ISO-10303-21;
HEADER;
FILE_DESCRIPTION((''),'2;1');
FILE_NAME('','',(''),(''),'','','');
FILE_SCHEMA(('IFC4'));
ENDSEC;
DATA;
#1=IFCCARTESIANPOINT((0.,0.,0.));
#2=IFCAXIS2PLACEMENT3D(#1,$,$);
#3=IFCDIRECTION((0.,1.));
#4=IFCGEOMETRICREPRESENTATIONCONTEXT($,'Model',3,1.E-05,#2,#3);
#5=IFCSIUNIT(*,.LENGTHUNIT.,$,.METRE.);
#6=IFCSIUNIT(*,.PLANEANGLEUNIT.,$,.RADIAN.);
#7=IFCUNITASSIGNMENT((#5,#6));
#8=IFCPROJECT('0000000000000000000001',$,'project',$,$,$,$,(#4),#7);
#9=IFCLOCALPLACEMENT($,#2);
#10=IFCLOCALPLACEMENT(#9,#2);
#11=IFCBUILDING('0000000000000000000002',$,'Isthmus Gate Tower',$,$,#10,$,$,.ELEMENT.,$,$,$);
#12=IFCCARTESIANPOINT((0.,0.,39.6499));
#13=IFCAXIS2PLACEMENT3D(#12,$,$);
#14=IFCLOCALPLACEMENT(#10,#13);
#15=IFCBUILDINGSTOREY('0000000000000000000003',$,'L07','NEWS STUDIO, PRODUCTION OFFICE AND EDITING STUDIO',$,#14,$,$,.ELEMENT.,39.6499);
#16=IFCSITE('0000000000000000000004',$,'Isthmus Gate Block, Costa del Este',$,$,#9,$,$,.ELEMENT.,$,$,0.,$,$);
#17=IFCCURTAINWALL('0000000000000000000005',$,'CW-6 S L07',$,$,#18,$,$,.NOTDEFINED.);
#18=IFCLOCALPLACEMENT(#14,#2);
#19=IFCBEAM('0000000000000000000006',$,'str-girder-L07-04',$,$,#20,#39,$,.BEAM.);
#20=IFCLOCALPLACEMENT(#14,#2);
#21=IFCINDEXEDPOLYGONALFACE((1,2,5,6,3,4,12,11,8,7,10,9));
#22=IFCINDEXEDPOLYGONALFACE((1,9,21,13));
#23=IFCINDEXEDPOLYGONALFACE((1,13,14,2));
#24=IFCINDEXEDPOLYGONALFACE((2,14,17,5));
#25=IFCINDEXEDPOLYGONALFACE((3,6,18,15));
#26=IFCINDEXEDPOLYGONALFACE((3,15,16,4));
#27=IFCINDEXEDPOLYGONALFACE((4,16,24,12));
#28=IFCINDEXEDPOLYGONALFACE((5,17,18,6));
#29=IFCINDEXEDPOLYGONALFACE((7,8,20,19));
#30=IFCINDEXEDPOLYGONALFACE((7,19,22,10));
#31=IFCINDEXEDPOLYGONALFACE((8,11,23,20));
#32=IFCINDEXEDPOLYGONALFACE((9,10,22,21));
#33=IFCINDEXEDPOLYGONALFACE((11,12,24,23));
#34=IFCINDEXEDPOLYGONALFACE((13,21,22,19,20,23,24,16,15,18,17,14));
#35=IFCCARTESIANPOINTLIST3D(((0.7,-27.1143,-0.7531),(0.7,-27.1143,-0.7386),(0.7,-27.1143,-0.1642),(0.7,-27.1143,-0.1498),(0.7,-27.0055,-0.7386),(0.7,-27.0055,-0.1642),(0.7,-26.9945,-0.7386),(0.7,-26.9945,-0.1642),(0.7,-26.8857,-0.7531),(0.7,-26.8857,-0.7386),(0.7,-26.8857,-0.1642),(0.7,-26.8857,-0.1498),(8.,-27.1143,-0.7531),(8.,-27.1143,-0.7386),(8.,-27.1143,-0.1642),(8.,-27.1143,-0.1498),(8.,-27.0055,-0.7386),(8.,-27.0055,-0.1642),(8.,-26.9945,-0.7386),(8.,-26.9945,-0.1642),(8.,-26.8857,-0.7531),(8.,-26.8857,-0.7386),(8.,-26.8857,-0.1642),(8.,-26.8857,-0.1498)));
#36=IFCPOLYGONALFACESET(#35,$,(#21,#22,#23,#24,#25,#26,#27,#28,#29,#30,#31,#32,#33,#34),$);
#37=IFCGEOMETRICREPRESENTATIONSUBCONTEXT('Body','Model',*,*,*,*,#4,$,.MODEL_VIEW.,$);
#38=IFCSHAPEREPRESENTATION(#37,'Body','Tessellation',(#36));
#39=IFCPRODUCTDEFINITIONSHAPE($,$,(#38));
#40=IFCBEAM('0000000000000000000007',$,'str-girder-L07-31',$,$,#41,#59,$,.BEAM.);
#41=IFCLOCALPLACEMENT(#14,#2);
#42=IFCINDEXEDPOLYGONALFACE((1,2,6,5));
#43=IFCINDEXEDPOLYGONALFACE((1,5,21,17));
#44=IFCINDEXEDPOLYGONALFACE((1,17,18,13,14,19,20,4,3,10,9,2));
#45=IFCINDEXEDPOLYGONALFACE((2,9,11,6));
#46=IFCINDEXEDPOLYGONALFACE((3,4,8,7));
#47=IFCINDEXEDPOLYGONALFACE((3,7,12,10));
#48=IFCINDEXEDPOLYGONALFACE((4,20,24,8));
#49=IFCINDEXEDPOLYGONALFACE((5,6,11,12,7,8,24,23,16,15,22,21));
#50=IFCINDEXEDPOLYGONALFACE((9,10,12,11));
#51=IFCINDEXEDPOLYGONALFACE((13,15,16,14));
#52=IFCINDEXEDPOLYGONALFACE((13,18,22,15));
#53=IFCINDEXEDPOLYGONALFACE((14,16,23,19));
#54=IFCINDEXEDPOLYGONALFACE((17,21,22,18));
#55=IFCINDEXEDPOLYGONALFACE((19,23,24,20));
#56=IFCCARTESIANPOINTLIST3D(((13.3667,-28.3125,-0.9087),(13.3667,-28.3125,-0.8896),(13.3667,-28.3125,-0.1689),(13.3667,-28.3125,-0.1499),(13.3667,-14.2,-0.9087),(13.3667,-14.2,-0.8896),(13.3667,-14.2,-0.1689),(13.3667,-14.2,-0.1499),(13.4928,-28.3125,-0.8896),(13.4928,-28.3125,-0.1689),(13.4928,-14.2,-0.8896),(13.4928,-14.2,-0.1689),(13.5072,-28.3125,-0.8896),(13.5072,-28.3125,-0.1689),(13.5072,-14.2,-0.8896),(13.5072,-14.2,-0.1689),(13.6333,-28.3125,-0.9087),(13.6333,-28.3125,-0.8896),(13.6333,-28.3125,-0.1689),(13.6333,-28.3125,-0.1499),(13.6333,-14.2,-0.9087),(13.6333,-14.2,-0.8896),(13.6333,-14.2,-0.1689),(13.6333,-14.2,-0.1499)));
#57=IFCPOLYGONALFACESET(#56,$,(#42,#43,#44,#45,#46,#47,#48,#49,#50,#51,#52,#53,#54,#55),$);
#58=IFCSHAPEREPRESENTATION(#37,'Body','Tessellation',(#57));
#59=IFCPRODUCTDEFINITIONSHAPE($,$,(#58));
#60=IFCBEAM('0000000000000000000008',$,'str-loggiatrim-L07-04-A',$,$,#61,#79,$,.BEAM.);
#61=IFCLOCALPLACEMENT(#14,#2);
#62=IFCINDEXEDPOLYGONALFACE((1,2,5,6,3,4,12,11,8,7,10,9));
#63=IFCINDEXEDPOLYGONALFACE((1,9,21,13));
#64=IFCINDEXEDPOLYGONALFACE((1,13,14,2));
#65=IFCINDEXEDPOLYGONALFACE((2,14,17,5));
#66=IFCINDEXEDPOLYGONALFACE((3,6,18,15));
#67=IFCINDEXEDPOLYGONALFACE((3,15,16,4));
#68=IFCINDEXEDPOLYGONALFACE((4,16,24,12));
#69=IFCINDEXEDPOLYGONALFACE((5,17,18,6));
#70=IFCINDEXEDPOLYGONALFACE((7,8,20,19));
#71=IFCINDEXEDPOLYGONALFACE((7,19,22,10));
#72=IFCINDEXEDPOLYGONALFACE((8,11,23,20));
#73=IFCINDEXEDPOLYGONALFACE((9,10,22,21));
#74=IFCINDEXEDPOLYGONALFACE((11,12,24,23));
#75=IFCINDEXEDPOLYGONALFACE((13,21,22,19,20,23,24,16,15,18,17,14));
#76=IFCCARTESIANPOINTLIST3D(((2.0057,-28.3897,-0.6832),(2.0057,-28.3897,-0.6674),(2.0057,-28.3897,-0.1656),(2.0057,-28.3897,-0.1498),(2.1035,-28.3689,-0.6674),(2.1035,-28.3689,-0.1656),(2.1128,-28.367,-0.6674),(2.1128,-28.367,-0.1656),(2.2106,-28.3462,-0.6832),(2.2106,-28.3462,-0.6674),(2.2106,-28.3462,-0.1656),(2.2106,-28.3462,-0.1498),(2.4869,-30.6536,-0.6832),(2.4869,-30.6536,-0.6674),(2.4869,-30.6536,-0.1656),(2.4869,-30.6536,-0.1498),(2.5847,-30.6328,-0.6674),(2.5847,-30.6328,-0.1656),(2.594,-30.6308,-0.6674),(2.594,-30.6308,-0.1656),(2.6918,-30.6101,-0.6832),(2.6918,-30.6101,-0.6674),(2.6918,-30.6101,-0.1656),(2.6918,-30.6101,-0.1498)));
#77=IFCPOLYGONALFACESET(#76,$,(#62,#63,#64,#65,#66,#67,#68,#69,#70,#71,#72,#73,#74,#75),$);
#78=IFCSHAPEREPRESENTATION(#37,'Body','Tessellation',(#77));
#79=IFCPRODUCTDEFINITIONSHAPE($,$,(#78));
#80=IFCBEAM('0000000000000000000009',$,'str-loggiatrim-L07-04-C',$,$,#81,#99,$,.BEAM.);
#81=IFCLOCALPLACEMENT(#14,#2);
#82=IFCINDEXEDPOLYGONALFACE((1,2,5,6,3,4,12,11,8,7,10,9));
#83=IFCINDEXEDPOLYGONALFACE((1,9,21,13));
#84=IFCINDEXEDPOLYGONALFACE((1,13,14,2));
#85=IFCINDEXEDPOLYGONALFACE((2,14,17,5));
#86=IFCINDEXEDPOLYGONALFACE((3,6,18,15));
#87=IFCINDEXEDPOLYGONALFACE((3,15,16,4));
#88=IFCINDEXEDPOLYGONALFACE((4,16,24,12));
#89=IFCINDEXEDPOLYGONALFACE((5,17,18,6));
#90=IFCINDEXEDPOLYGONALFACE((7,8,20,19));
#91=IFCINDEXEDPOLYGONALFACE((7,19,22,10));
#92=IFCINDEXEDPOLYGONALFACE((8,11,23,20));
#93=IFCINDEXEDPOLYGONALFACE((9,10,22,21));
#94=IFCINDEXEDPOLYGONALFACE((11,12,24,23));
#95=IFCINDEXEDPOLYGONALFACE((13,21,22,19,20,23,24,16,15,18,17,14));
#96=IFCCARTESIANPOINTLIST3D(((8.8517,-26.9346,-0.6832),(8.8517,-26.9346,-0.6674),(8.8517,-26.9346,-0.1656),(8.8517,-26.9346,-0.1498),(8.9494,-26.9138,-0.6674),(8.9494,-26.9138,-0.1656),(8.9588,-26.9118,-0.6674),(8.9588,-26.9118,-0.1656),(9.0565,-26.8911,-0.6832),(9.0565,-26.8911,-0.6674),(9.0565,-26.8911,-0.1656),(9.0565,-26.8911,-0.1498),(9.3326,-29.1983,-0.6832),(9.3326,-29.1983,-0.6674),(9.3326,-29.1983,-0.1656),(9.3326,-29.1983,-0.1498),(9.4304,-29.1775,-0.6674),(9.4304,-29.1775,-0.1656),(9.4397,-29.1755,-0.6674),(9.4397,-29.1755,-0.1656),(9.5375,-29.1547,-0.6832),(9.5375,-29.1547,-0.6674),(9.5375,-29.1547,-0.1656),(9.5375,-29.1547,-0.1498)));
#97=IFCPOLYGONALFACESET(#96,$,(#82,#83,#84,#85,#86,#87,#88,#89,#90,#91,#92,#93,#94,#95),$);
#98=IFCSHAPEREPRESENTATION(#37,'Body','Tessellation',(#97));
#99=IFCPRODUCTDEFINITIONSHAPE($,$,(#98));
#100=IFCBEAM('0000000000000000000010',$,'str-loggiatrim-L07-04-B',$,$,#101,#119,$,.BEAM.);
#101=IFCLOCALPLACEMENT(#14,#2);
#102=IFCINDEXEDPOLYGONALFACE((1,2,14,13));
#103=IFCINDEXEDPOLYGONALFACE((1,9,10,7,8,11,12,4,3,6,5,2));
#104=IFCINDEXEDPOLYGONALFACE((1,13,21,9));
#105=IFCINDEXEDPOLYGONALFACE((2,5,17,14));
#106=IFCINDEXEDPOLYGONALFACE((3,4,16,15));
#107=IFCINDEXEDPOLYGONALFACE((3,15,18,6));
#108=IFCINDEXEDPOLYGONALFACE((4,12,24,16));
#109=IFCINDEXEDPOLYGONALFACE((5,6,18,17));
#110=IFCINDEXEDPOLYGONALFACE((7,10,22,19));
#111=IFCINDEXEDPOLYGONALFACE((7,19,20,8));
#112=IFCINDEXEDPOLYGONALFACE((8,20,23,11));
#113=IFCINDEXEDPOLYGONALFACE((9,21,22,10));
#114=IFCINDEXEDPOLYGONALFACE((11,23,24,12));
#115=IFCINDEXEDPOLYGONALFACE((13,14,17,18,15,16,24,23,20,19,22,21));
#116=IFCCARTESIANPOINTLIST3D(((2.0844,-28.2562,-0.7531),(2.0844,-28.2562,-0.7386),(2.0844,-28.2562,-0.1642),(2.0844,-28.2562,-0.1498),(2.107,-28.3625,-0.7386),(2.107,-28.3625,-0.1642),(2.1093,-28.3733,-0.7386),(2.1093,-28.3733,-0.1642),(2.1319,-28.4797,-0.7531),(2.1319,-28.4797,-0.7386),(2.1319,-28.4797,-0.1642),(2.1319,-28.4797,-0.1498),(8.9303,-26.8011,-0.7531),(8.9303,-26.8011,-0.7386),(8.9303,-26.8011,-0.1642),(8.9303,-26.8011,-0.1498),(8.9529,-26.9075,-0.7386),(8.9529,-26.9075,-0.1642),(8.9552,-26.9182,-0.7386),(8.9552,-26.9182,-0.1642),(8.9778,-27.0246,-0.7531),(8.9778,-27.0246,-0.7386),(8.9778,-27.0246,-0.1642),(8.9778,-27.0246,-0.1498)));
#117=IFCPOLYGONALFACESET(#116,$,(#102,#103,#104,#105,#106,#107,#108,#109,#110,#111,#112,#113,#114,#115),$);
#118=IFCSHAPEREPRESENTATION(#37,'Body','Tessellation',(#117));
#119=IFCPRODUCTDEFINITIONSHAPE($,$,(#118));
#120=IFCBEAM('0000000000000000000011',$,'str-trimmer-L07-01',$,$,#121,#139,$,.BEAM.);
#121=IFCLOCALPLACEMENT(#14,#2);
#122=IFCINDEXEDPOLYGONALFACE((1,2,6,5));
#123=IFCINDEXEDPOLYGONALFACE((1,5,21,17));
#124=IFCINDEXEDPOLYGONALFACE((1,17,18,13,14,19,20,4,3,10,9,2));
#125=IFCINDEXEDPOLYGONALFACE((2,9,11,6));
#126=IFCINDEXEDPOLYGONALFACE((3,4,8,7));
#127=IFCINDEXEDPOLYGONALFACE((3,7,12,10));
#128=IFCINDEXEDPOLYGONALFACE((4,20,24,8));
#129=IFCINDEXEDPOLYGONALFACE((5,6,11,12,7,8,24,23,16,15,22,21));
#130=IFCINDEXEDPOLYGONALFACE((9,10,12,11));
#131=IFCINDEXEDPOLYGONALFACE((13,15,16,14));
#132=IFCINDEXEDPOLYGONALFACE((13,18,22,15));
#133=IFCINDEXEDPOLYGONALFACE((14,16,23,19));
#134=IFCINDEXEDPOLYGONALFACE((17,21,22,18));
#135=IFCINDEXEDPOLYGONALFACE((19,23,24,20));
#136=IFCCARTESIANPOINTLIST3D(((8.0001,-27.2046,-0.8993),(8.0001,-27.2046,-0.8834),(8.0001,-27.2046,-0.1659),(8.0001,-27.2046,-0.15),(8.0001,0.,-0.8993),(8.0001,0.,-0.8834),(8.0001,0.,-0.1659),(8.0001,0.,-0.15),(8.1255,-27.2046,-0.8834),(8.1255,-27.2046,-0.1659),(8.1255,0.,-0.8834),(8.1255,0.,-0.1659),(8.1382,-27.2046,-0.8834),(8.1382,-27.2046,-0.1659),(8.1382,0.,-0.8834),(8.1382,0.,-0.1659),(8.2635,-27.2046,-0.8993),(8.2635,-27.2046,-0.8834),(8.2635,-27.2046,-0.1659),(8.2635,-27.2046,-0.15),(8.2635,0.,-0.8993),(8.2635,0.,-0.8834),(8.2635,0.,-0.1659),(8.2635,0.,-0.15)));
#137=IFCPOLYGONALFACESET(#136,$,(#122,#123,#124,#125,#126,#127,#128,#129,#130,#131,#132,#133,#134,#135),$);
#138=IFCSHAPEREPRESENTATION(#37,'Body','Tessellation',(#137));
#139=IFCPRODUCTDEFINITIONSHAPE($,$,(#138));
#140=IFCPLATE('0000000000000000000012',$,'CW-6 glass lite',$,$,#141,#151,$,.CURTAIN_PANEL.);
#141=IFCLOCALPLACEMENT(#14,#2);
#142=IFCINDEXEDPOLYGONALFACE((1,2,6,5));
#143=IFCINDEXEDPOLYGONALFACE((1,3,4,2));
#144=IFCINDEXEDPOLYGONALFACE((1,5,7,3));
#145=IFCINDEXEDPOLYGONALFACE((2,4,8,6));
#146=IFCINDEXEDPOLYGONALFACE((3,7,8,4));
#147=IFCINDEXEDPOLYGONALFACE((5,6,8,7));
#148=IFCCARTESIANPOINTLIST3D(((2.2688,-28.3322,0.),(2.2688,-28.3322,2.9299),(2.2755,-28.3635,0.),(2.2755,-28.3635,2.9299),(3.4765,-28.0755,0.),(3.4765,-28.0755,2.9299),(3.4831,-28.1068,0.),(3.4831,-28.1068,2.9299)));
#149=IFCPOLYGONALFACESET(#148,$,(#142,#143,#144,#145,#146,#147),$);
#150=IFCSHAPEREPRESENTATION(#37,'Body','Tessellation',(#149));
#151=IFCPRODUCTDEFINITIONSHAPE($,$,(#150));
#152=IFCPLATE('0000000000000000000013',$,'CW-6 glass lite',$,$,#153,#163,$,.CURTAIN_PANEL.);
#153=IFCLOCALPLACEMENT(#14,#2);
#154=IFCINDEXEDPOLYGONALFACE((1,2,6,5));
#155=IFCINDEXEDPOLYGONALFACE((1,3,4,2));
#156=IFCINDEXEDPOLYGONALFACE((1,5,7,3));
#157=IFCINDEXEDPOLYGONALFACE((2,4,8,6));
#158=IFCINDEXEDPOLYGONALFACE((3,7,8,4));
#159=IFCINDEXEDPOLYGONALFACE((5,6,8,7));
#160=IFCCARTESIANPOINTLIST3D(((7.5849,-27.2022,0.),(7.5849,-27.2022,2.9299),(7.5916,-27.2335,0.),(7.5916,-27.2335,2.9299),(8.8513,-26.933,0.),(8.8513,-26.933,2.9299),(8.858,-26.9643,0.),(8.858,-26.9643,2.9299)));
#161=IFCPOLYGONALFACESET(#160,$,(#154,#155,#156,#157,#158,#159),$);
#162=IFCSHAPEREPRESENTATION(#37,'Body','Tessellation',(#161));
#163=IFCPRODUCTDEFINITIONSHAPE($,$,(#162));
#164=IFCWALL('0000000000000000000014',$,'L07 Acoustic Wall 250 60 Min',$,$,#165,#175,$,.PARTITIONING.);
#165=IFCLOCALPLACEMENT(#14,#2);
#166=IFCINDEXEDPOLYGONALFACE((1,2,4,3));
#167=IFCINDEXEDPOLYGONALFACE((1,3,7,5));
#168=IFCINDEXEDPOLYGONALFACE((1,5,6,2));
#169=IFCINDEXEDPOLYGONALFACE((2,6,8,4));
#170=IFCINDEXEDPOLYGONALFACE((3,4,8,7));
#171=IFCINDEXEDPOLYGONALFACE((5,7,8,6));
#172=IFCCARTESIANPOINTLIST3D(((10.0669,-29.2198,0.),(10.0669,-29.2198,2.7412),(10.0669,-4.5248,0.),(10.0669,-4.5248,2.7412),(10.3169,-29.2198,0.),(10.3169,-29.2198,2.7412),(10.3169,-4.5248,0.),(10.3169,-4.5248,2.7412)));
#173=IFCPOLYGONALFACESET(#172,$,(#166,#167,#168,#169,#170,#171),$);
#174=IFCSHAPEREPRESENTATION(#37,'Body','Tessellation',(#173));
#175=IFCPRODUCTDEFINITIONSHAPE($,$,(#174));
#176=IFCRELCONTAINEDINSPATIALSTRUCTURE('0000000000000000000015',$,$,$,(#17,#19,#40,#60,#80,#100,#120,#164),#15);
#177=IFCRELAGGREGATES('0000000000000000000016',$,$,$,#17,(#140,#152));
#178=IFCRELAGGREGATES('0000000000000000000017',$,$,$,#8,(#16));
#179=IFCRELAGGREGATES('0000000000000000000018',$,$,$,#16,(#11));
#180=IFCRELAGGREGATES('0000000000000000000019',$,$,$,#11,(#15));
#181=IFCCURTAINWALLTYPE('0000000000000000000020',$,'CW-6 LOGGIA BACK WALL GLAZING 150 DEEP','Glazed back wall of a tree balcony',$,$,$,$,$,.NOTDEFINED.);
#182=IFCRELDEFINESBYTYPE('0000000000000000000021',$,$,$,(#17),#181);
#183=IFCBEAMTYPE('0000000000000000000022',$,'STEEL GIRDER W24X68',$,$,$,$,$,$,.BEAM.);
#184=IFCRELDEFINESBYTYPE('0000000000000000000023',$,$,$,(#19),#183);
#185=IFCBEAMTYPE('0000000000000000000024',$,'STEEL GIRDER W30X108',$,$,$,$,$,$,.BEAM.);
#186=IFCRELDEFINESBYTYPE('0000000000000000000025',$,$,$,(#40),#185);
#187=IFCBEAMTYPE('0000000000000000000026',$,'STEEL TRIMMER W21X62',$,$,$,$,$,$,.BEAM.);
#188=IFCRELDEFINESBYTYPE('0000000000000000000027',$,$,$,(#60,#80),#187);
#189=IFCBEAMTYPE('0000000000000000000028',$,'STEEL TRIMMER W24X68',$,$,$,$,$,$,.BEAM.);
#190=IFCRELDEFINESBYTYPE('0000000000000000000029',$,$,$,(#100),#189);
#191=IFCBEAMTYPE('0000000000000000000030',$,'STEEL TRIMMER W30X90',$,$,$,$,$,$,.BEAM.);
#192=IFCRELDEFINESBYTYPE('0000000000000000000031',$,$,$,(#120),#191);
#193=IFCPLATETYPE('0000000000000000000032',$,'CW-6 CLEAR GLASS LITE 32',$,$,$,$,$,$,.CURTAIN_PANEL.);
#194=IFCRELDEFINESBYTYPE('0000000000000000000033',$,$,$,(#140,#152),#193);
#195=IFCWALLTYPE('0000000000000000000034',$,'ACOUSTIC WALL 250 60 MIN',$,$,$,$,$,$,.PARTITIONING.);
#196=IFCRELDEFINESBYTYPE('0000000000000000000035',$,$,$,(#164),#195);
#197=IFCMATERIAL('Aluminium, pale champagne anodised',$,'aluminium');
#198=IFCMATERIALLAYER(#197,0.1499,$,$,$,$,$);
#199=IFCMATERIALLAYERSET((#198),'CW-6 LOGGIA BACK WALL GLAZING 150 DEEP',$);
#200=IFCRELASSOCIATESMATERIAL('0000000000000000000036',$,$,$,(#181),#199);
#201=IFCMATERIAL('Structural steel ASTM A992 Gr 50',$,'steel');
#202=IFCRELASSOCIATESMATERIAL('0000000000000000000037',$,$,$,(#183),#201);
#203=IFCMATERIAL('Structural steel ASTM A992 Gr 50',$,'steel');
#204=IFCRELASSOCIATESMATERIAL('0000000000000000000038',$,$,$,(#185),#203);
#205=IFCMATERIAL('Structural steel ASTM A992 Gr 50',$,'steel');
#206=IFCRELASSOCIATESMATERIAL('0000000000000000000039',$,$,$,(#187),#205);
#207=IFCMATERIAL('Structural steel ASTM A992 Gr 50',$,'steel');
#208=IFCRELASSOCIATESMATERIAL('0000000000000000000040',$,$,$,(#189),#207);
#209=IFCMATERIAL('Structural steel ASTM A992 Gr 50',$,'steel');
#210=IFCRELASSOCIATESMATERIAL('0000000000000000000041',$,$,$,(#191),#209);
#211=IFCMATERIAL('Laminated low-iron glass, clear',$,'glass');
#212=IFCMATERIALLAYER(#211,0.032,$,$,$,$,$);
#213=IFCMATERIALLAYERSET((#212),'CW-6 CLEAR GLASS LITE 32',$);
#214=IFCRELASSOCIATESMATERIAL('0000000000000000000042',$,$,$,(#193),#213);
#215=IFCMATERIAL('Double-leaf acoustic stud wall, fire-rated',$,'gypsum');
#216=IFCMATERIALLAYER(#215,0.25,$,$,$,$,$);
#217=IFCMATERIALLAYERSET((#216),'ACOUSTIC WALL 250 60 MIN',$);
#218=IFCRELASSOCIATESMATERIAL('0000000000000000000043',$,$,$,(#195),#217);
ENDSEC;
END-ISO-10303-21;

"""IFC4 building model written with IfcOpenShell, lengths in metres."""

from ifc_helpers import new_model, si_unit, direction, frame, frame_2d, origin, origin_2d, place, context, subcontext, project, spatial, rectangle, i_section, extrude, material, layer, layer_set, material_profile, profile_set, type_object, element, aggregate, save


model = new_model("IFC4")

# Units and contexts
model_context = context("Model", 3, precision=1e-05, world=origin(), true_north=direction((0.0, 1.0)))
body_context = subcontext(model_context, "Body", "Model", "MODEL_VIEW")
ifc_project = project(units=[si_unit("LENGTHUNIT", "METRE"), si_unit("PLANEANGLEUNIT", "RADIAN")], contexts=[model_context])

# Site, building, storey
site_placement = place(None, origin())
site = spatial("IfcSite", under=ifc_project, at=site_placement, Name="Isthmus Gate Block, Costa del Este", CompositionType="ELEMENT", RefElevation=0.0)
building_placement = place(site_placement, origin())
building = spatial("IfcBuilding", under=site, at=building_placement, Name="Isthmus Gate Tower", CompositionType="ELEMENT")
storey_placement = place(building_placement, frame((0.0, 0.0, 39.6499)))
storey = spatial("IfcBuildingStorey", under=building, at=storey_placement, Name="L07", Description="NEWS STUDIO, PRODUCTION OFFICE AND EDITING STUDIO", CompositionType="ELEMENT", Elevation=39.6499)

# Curtain wall
ifc_material_1 = material(Name="Aluminium, pale champagne anodised", Category="aluminium")
ifc_layer_1 = layer(ifc_material_1, 0.1499)
ifc_layer_set_1 = layer_set([ifc_layer_1], Name="CW-6 LOGGIA BACK WALL GLAZING 150 DEEP")
curtain_wall_type_1 = type_object("IfcCurtainWallType", Name="CW-6 LOGGIA BACK WALL GLAZING 150 DEEP", Description="Glazed back wall of a tree balcony", PredefinedType="NOTDEFINED", material=ifc_layer_set_1)
curtain_wall_1_placement = place(storey_placement, origin())
curtain_wall_1 = element("IfcCurtainWall", 1, at=curtain_wall_1_placement, inside=storey, type_object=curtain_wall_type_1, Name="CW-6 S L07", PredefinedType="NOTDEFINED")

# Beams
ifc_material_2 = material(Name="Structural steel ASTM A992 Gr 50", Category="steel")
ifc_material_profile_1 = material_profile(ifc_material_2, i_section(OverallWidth=0.2285, OverallDepth=0.6033, WebThickness=0.011, FlangeThickness=0.0144, at=origin_2d()), Name="W24X68")
ifc_profile_set_1 = profile_set([ifc_material_profile_1], Name="Structural steel ASTM A992 Gr 50")
beam_type_1 = type_object("IfcBeamType", Name="STEEL GIRDER W24X68", PredefinedType="BEAM", material=ifc_profile_set_1)
beam_1_placement = place(storey_placement, frame((0.7, -27.0, -0.4514), z_axis=(1.0, 0.0, 0.0), x_axis=(0.0, 1.0, 0.0)))
element("IfcBeam", 2, at=beam_1_placement, inside=storey, type_object=beam_type_1, Name="str-girder-L07-04", PredefinedType="BEAM", context=body_context, shape_type="SweptSolid", body=[
    extrude(i_section(OverallWidth=0.2285, OverallDepth=0.6033, WebThickness=0.011, FlangeThickness=0.0144, at=origin_2d()), origin(), (0.0, 0.0, 1.0), 7.3),
])
ifc_material_3 = material(Name="Structural steel ASTM A992 Gr 50", Category="steel")
ifc_material_profile_2 = material_profile(ifc_material_3, i_section(OverallWidth=0.2666, OverallDepth=0.7588, WebThickness=0.0144, FlangeThickness=0.019, at=origin_2d()), Name="W30X108")
ifc_profile_set_2 = profile_set([ifc_material_profile_2], Name="Structural steel ASTM A992 Gr 50")
beam_type_2 = type_object("IfcBeamType", Name="STEEL GIRDER W30X108", PredefinedType="BEAM", material=ifc_profile_set_2)
beam_2_placement = place(storey_placement, frame((13.5, -28.3125, -0.5293), z_axis=(0.0, 1.0, 0.0), x_axis=(-1.0, 0.0, 0.0)))
element("IfcBeam", 3, at=beam_2_placement, inside=storey, type_object=beam_type_2, Name="str-girder-L07-31", PredefinedType="BEAM", context=body_context, shape_type="SweptSolid", body=[
    extrude(i_section(OverallWidth=0.2666, OverallDepth=0.7588, WebThickness=0.0144, FlangeThickness=0.019, at=origin_2d()), origin(), (0.0, 0.0, 1.0), 14.1125),
])
ifc_material_4 = material(Name="Structural steel ASTM A992 Gr 50", Category="steel")
ifc_material_profile_3 = material_profile(ifc_material_4, i_section(OverallWidth=0.2095, OverallDepth=0.5334, WebThickness=0.0095, FlangeThickness=0.0159, at=origin_2d()), Name="W21X62")
ifc_profile_set_3 = profile_set([ifc_material_profile_3], Name="Structural steel ASTM A992 Gr 50")
beam_type_3 = type_object("IfcBeamType", Name="STEEL TRIMMER W21X62", PredefinedType="BEAM", material=ifc_profile_set_3)
beam_3_placement = place(storey_placement, frame((2.5894, -30.6318, -0.4165), z_axis=(-0.207908, 0.978148, 0.0), x_axis=(-0.978148, -0.207908, 0.0)))
element("IfcBeam", 4, at=beam_3_placement, inside=storey, type_object=beam_type_3, Name="str-loggiatrim-L07-04-A", PredefinedType="BEAM", context=body_context, shape_type="SweptSolid", body=[
    extrude(i_section(OverallWidth=0.2095, OverallDepth=0.5334, WebThickness=0.0095, FlangeThickness=0.0159, at=origin_2d()), origin(), (0.0, 0.0, 1.0), 2.3145),
])
beam_4_placement = place(storey_placement, frame((9.4351, -29.1765, -0.4165), z_axis=(-0.207828, 0.978165, 0.0), x_axis=(-0.978165, -0.207828, 0.0)))
element("IfcBeam", 5, at=beam_4_placement, inside=storey, type_object=beam_type_3, Name="str-loggiatrim-L07-04-C", PredefinedType="BEAM", context=body_context, shape_type="SweptSolid", body=[
    extrude(i_section(OverallWidth=0.2095, OverallDepth=0.5334, WebThickness=0.0095, FlangeThickness=0.0159, at=origin_2d()), origin(), (0.0, 0.0, 1.0), 2.3142),
])
ifc_material_5 = material(Name="Structural steel ASTM A992 Gr 50", Category="steel")
ifc_material_profile_4 = material_profile(ifc_material_5, i_section(OverallWidth=0.2285, OverallDepth=0.6033, WebThickness=0.011, FlangeThickness=0.0144, at=origin_2d()), Name="W24X68")
ifc_profile_set_4 = profile_set([ifc_material_profile_4], Name="Structural steel ASTM A992 Gr 50")
beam_type_4 = type_object("IfcBeamType", Name="STEEL TRIMMER W24X68", PredefinedType="BEAM", material=ifc_profile_set_4)
beam_5_placement = place(storey_placement, frame((2.1082, -28.3679, -0.4514), z_axis=(0.97815, 0.207902, 0.0), x_axis=(-0.207902, 0.97815, 0.0)))
element("IfcBeam", 6, at=beam_5_placement, inside=storey, type_object=beam_type_4, Name="str-loggiatrim-L07-04-B", PredefinedType="BEAM", context=body_context, shape_type="SweptSolid", body=[
    extrude(i_section(OverallWidth=0.2285, OverallDepth=0.6033, WebThickness=0.011, FlangeThickness=0.0144, at=origin_2d()), origin(), (0.0, 0.0, 1.0), 6.9988),
])
ifc_material_6 = material(Name="Structural steel ASTM A992 Gr 50", Category="steel")
ifc_material_profile_5 = material_profile(ifc_material_6, i_section(OverallWidth=0.2634, OverallDepth=0.7493, WebThickness=0.0127, FlangeThickness=0.0159, at=origin_2d()), Name="W30X90")
ifc_profile_set_5 = profile_set([ifc_material_profile_5], Name="Structural steel ASTM A992 Gr 50")
beam_type_5 = type_object("IfcBeamType", Name="STEEL TRIMMER W30X90", PredefinedType="BEAM", material=ifc_profile_set_5)
beam_6_placement = place(storey_placement, frame((8.1318, -27.2046, -0.5247), z_axis=(0.0, 1.0, 0.0), x_axis=(-1.0, 0.0, 0.0)))
element("IfcBeam", 7, at=beam_6_placement, inside=storey, type_object=beam_type_5, Name="str-trimmer-L07-01", PredefinedType="BEAM", context=body_context, shape_type="SweptSolid", body=[
    extrude(i_section(OverallWidth=0.2634, OverallDepth=0.7493, WebThickness=0.0127, FlangeThickness=0.0159, at=origin_2d()), origin(), (0.0, 0.0, 1.0), 27.2046),
])

# Plates
ifc_material_7 = material(Name="Laminated low-iron glass, clear", Category="glass")
ifc_layer_2 = layer(ifc_material_7, 0.032)
ifc_layer_set_2 = layer_set([ifc_layer_2], Name="CW-6 CLEAR GLASS LITE 32")
plate_type = type_object("IfcPlateType", Name="CW-6 CLEAR GLASS LITE 32", PredefinedType="CURTAIN_PANEL", material=ifc_layer_set_2)
plate_1_placement = place(storey_placement, frame((2.876, -28.2195, 0.0), z_axis=(0.0, 0.0, 1.0), x_axis=(0.978148, 0.207912, 0.0)))
plate_1 = element("IfcPlate", 8, at=plate_1_placement, type_object=plate_type, Name="CW-6 glass lite", PredefinedType="CURTAIN_PANEL", context=body_context, shape_type="SweptSolid", body=[
    extrude(rectangle(XDim=1.2346, YDim=0.032, at=origin_2d()), origin(), (0.0, 0.0, 1.0), 2.9299),
])
plate_2_placement = place(storey_placement, frame((8.2214, -27.0833, 0.0), z_axis=(0.0, 0.0, 1.0), x_axis=(0.978148, 0.207912, 0.0)))
plate_2 = element("IfcPlate", 9, at=plate_2_placement, type_object=plate_type, Name="CW-6 glass lite", PredefinedType="CURTAIN_PANEL", context=body_context, shape_type="SweptSolid", body=[
    extrude(rectangle(XDim=1.2947, YDim=0.032, at=origin_2d()), origin(), (0.0, 0.0, 1.0), 2.9299),
])
aggregate(curtain_wall_1, [plate_1, plate_2])

# Wall
ifc_material_8 = material(Name="Double-leaf acoustic stud wall, fire-rated", Category="gypsum")
ifc_layer_3 = layer(ifc_material_8, 0.25)
ifc_layer_set_3 = layer_set([ifc_layer_3], Name="ACOUSTIC WALL 250 60 MIN")
wall_type_1 = type_object("IfcWallType", Name="ACOUSTIC WALL 250 60 MIN", PredefinedType="PARTITIONING", material=ifc_layer_set_3)
wall_1_placement = place(storey_placement, frame((10.1919, -29.22, 0.0), z_axis=(0.0, 0.0, 1.0), x_axis=(0.0, 1.0, 0.0)))
element("IfcWall", 10, at=wall_1_placement, inside=storey, type_object=wall_type_1, Name="L07 Acoustic Wall 250 60 Min", PredefinedType="PARTITIONING", context=body_context, shape_type="SweptSolid", body=[
    extrude(rectangle(XDim=24.6951, YDim=0.25, at=frame_2d((12.3477, 0.0))), origin(), (0.0, 0.0, 1.0), 2.7412),
])

save(model, "model.ifc")
